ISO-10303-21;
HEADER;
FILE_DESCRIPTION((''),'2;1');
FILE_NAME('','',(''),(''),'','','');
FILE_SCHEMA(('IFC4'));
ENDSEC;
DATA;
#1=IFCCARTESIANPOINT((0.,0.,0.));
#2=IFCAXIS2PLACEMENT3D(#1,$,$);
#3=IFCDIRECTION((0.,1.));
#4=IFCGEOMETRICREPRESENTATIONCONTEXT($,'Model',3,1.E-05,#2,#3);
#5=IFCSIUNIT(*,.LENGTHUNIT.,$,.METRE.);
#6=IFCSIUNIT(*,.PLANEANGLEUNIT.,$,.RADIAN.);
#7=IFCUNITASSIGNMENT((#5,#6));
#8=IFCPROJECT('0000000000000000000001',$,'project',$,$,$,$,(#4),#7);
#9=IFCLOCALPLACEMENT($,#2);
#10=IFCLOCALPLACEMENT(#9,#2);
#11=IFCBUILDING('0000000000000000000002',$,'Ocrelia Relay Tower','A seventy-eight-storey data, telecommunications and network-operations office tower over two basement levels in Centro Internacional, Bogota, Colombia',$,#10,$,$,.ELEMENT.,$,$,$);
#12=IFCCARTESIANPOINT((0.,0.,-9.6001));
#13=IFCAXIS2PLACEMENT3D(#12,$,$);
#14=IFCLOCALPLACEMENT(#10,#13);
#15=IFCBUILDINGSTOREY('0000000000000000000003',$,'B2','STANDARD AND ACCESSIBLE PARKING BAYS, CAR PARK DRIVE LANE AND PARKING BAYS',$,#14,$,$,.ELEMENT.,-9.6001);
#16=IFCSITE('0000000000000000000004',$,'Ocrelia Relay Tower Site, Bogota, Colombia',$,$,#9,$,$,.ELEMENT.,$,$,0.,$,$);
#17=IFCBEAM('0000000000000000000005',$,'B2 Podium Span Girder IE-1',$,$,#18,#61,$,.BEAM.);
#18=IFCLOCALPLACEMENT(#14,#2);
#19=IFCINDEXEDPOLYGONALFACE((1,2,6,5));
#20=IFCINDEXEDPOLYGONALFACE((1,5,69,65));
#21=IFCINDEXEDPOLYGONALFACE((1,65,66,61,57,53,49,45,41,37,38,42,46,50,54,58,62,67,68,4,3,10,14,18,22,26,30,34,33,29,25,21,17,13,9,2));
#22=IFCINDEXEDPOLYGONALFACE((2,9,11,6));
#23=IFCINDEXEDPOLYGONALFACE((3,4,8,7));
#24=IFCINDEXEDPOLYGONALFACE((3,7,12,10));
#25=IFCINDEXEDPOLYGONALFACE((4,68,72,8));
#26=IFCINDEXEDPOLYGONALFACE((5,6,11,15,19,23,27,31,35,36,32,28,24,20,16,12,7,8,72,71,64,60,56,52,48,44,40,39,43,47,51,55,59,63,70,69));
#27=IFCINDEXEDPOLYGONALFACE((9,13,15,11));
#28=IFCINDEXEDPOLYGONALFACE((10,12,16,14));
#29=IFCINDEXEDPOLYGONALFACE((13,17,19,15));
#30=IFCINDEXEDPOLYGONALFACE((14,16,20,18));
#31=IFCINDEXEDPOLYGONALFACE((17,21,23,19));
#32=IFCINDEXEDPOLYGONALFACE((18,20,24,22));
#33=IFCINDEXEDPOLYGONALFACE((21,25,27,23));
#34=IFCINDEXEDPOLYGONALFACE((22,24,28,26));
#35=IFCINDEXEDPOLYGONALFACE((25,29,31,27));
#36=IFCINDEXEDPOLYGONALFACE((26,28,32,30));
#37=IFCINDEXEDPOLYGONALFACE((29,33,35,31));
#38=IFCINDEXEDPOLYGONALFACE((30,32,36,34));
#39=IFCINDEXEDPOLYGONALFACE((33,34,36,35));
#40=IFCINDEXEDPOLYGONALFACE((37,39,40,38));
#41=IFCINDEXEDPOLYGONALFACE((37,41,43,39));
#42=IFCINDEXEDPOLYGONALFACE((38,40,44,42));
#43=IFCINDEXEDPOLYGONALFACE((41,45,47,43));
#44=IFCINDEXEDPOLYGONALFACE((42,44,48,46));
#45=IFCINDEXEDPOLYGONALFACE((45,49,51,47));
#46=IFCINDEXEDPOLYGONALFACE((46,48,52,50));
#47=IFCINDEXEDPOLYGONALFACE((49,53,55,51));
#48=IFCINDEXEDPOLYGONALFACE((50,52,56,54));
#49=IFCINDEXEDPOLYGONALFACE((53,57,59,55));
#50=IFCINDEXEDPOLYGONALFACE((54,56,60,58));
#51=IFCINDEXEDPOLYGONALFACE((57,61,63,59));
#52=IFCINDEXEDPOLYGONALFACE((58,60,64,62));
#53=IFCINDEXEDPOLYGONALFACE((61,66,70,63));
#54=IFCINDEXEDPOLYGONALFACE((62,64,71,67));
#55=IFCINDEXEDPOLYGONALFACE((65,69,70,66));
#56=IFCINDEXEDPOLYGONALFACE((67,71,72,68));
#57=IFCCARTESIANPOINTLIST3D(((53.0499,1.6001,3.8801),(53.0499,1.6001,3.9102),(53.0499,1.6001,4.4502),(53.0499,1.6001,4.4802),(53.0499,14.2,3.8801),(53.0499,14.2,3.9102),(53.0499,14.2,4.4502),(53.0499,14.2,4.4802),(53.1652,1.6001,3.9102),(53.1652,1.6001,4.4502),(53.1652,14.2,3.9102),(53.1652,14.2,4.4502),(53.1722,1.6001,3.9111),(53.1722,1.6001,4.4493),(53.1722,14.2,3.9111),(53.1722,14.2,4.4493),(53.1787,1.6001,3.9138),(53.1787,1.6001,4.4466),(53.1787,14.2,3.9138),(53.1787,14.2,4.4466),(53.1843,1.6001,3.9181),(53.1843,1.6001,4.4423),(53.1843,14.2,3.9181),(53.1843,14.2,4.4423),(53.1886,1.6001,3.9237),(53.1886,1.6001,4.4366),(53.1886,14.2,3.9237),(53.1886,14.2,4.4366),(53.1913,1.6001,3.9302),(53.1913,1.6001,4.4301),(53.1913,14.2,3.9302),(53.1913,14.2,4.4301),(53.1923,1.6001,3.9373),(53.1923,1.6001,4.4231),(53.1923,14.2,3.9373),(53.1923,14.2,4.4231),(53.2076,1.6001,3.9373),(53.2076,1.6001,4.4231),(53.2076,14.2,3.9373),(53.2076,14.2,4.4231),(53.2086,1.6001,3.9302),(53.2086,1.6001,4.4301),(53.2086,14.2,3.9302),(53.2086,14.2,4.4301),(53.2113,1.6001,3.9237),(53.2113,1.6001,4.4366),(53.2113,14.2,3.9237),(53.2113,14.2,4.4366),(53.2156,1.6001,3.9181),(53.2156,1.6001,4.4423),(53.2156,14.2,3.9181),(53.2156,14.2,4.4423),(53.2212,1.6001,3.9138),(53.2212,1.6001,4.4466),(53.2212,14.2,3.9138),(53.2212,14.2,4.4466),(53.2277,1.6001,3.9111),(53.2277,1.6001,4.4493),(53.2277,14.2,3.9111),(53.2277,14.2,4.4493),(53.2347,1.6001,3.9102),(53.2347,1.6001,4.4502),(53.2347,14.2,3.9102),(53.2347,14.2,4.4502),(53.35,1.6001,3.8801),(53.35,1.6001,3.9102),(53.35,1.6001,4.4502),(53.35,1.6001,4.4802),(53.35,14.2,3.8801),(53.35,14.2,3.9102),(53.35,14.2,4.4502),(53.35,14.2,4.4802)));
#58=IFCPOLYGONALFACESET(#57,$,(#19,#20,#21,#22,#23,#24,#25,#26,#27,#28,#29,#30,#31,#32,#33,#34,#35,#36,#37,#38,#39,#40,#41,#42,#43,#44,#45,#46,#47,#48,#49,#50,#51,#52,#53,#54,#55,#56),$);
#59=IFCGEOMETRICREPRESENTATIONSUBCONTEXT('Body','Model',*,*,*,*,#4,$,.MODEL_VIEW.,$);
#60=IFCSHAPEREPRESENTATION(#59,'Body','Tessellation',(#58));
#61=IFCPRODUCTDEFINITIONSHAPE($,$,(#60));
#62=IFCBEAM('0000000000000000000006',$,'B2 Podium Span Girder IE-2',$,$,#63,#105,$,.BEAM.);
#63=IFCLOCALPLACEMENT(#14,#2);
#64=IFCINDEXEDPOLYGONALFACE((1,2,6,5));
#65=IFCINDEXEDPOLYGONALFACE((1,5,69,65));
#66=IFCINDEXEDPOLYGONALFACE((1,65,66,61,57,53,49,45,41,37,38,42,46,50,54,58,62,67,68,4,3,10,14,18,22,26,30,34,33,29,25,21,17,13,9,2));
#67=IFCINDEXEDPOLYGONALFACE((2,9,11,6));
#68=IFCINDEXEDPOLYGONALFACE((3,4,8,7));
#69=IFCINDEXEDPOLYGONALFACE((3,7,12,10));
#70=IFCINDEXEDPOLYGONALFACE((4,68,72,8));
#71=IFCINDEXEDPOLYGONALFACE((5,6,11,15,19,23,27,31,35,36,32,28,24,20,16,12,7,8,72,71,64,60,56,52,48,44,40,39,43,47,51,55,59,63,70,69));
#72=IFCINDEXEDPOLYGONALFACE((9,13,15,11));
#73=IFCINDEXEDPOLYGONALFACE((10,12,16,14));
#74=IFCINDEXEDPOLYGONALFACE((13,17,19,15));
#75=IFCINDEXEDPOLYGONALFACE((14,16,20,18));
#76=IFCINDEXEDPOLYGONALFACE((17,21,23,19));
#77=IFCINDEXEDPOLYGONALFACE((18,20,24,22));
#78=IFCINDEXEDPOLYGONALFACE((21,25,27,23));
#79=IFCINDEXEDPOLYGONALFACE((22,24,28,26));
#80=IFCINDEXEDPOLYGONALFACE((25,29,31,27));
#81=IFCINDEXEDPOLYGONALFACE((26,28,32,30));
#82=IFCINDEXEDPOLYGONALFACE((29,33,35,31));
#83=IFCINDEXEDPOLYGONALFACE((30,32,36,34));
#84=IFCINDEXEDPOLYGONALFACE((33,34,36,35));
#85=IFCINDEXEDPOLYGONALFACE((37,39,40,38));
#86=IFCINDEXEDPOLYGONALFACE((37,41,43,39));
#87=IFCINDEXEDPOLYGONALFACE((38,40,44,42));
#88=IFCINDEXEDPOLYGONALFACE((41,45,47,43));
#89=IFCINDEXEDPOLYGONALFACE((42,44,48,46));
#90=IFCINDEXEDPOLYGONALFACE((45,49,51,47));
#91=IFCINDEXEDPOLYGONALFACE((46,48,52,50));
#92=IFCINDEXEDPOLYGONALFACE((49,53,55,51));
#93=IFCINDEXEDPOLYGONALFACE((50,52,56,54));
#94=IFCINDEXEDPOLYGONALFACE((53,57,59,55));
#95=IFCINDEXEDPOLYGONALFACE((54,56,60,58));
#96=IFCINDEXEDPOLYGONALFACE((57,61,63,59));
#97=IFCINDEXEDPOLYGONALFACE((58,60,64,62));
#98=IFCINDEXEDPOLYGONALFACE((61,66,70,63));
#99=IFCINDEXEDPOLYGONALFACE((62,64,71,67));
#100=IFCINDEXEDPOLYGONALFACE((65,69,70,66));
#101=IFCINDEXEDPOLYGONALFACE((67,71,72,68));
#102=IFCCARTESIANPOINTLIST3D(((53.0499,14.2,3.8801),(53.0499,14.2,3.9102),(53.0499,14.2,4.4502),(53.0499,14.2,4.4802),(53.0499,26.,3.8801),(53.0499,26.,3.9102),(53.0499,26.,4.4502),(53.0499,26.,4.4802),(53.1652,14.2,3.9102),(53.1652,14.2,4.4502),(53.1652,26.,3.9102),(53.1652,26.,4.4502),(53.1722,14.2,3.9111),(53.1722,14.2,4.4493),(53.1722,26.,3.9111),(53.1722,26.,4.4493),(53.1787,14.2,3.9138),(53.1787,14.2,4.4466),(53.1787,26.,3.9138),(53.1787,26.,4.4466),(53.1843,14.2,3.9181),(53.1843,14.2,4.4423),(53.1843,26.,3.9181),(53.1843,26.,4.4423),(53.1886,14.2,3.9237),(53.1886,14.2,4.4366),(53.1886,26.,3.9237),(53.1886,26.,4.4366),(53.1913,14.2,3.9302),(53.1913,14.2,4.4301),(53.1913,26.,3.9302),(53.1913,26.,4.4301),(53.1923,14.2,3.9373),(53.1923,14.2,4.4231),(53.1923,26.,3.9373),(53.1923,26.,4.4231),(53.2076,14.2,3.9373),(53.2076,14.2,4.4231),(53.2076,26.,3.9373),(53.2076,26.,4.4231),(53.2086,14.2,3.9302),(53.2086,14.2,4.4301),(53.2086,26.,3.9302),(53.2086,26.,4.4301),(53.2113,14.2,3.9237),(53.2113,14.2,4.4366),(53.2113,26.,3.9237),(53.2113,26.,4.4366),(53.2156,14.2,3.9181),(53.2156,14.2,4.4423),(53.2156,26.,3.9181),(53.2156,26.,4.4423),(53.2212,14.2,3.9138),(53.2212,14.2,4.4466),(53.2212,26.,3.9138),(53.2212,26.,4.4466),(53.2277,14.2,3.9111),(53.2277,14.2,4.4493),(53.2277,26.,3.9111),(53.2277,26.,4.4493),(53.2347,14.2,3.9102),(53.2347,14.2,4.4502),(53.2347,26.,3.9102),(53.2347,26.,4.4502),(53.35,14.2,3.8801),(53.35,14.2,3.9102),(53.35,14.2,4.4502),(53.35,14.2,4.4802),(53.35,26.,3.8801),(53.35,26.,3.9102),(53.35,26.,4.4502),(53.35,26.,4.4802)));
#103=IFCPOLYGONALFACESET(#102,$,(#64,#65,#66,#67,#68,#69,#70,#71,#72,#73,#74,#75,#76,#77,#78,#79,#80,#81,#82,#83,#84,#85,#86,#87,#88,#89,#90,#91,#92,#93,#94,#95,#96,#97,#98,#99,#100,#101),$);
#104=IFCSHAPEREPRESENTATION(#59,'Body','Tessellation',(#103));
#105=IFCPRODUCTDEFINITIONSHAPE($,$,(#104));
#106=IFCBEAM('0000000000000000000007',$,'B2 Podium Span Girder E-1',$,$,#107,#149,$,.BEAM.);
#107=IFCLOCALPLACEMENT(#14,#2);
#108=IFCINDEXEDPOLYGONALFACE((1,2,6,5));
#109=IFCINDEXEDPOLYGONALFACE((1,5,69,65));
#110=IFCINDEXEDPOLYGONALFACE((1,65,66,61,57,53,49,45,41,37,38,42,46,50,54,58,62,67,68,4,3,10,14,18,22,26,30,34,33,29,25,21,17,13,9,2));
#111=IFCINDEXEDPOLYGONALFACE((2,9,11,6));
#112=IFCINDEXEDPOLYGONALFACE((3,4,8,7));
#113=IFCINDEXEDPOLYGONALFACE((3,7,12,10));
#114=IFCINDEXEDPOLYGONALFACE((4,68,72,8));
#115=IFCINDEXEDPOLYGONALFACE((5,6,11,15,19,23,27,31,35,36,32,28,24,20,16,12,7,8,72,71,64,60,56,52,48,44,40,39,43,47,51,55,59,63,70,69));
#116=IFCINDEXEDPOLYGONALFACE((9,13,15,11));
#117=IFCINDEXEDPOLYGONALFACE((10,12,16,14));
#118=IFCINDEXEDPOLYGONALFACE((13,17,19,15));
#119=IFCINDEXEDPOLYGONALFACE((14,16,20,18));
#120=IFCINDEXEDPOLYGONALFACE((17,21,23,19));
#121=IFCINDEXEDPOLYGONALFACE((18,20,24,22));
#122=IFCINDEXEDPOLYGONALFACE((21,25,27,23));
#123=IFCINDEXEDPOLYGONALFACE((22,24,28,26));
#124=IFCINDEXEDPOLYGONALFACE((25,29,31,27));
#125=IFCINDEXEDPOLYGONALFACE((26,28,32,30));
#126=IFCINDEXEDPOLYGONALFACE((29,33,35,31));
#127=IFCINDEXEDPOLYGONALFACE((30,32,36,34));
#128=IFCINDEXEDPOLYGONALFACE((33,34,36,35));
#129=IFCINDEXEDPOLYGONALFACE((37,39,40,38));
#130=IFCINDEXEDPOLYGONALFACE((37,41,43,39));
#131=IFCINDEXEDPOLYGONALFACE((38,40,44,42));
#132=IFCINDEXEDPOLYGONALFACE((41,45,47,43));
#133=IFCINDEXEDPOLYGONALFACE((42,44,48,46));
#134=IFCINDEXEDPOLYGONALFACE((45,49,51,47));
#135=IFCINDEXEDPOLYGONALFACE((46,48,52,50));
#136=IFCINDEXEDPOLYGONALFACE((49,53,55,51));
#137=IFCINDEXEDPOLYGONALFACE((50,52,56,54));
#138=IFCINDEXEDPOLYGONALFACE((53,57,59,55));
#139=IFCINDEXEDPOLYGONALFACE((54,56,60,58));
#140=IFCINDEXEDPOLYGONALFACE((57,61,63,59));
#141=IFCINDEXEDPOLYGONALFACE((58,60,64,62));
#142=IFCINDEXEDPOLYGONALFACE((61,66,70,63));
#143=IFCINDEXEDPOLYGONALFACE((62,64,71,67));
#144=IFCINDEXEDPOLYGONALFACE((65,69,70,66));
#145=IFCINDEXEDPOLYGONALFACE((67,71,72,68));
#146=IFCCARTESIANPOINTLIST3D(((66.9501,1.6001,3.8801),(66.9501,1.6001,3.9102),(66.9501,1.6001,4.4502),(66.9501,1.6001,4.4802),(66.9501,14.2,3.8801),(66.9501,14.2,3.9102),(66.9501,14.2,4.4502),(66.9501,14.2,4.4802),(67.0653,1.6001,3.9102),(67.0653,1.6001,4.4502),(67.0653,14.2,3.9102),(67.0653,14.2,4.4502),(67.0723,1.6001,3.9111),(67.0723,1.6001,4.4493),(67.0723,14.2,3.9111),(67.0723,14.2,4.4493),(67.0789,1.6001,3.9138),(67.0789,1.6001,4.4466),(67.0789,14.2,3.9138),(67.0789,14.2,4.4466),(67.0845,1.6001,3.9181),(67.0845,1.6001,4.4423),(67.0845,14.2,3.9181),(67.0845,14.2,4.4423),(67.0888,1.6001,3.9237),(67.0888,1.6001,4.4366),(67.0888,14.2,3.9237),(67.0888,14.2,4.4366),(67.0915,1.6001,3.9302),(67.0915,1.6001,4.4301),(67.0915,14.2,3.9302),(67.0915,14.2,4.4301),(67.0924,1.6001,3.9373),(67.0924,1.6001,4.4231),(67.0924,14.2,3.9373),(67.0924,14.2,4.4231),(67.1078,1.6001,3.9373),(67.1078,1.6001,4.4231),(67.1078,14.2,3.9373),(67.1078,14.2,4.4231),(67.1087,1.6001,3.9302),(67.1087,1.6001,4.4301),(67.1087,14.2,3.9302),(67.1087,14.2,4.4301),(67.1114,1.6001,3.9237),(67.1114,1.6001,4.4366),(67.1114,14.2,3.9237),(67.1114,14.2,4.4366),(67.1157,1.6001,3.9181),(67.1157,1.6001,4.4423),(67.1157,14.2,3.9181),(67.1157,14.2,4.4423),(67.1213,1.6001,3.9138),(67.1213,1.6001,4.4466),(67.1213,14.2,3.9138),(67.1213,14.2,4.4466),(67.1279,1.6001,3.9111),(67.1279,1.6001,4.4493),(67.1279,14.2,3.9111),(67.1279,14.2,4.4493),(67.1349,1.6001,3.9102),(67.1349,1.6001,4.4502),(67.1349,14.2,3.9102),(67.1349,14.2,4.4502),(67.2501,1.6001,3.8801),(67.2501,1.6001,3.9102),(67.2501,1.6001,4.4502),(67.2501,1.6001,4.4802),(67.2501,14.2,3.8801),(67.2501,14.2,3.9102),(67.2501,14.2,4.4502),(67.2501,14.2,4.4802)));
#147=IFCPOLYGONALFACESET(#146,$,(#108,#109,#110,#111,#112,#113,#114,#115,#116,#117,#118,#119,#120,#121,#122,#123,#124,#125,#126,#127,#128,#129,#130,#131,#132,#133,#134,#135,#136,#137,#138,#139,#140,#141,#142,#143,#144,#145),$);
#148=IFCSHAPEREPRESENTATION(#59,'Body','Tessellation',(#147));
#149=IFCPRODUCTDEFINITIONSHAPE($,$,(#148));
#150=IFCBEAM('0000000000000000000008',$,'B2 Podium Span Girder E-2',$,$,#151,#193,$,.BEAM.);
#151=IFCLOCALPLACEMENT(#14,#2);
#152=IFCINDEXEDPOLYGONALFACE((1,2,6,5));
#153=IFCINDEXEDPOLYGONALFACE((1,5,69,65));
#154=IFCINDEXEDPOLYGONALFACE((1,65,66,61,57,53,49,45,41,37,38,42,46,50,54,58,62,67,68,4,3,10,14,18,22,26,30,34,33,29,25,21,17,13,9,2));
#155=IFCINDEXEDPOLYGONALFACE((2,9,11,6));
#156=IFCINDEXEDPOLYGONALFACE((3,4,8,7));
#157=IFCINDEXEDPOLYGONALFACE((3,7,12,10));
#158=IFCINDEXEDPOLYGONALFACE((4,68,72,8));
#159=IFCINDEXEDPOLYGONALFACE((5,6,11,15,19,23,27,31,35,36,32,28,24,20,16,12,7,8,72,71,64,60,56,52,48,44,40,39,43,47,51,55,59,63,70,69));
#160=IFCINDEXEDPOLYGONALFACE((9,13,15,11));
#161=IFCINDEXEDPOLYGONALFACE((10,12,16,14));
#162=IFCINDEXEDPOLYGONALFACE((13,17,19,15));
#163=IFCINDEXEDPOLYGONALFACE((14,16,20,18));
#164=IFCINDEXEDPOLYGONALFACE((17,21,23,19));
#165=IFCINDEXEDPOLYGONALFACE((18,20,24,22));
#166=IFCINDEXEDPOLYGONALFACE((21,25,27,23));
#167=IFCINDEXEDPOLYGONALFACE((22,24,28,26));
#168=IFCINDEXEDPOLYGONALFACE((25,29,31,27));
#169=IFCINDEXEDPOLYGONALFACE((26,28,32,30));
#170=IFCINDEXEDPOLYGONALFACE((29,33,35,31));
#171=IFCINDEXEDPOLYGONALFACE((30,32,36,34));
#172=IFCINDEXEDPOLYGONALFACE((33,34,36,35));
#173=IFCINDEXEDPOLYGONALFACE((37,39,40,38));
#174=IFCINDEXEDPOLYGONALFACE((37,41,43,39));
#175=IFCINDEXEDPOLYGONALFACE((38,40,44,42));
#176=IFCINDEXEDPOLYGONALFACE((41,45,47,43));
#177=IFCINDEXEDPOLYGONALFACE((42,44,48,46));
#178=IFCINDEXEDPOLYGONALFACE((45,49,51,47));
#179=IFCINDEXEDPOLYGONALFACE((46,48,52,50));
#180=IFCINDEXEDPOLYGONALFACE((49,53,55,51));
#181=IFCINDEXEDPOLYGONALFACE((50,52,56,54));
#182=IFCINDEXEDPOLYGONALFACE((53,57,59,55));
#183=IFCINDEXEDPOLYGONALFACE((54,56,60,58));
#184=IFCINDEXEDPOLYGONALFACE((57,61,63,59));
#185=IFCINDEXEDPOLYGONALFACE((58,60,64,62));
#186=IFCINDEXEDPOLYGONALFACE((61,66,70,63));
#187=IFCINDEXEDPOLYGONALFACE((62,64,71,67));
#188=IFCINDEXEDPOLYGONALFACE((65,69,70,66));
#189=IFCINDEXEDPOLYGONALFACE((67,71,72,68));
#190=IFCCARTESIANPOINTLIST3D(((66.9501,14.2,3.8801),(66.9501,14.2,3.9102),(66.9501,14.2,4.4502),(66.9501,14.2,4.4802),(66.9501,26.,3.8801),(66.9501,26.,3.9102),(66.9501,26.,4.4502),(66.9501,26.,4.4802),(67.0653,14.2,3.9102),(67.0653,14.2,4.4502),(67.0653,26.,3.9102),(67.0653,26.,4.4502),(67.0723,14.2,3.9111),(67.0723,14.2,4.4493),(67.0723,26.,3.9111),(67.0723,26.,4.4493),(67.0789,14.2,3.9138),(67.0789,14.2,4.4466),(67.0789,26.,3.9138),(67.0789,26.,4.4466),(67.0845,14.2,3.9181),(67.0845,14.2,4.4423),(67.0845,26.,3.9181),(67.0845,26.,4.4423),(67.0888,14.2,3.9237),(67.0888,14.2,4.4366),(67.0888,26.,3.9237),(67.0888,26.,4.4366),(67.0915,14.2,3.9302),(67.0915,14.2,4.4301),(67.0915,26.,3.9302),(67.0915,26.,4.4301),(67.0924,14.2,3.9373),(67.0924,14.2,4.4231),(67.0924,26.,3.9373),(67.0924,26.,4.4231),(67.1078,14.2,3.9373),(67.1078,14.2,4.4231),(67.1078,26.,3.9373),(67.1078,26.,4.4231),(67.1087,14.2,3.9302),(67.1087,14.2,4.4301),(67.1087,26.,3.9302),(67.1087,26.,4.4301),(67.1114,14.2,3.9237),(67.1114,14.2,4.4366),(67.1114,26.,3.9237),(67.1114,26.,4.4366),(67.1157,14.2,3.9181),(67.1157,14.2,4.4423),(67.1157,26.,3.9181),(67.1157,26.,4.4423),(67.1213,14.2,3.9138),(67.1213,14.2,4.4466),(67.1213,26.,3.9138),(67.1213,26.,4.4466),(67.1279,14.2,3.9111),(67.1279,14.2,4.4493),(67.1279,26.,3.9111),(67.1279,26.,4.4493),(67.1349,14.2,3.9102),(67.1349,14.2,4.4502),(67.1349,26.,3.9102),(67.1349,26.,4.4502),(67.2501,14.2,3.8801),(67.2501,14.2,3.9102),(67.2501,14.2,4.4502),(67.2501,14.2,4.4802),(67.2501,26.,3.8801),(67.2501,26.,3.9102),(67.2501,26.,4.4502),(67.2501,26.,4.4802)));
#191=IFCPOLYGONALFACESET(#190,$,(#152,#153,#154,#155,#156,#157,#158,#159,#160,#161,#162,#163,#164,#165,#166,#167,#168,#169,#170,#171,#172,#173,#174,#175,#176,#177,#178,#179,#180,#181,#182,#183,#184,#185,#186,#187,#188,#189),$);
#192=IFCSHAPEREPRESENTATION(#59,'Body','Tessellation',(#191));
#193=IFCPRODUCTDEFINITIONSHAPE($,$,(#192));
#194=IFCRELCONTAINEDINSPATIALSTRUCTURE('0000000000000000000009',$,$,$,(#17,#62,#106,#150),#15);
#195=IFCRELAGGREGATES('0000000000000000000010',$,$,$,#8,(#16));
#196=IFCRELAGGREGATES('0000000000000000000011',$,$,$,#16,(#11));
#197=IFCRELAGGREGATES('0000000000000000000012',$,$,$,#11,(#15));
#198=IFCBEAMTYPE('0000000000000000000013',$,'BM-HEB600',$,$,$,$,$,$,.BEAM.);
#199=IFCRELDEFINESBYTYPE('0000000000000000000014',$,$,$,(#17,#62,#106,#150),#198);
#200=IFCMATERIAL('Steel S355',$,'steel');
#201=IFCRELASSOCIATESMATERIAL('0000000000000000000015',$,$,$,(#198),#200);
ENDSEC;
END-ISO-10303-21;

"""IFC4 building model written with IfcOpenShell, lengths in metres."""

from ifc_helpers import new_model, si_unit, direction, frame, origin, origin_2d, place, context, subcontext, project, spatial, i_section, extrude, material, material_profile, profile_set, type_object, element, save


model = new_model("IFC4")

# Units and contexts
model_context = context("Model", 3, precision=1e-05, world=origin(), true_north=direction((0.0, 1.0)))
body_context = subcontext(model_context, "Body", "Model", "MODEL_VIEW")
ifc_project = project(units=[si_unit("LENGTHUNIT", "METRE"), si_unit("PLANEANGLEUNIT", "RADIAN")], contexts=[model_context])

# Site, building, storey
site_placement = place(None, origin())
site = spatial("IfcSite", under=ifc_project, at=site_placement, Name="Ocrelia Relay Tower Site, Bogota, Colombia", CompositionType="ELEMENT", RefElevation=0.0)
building_placement = place(site_placement, origin())
building = spatial("IfcBuilding", under=site, at=building_placement, Name="Ocrelia Relay Tower", Description="A seventy-eight-storey data, telecommunications and network-operations office tower over two basement levels in Centro Internacional, Bogota, Colombia", CompositionType="ELEMENT")
storey_placement = place(building_placement, frame((0.0, 0.0, -9.6001)))
storey = spatial("IfcBuildingStorey", under=building, at=storey_placement, Name="B2", Description="STANDARD AND ACCESSIBLE PARKING BAYS, CAR PARK DRIVE LANE AND PARKING BAYS", CompositionType="ELEMENT", Elevation=-9.6001)

# Beams
ifc_material_1 = material(Name="Steel S355", Category="steel")
ifc_material_profile_1 = material_profile(ifc_material_1, i_section(OverallWidth=0.3, OverallDepth=0.6001, WebThickness=0.0154, FlangeThickness=0.03, FilletRadius=0.0271, at=origin_2d()), Name="HEB 600")
ifc_profile_set_1 = profile_set([ifc_material_profile_1], Name="Steel S355")
beam_type_1 = type_object("IfcBeamType", Name="BM-HEB600", PredefinedType="BEAM", material=ifc_profile_set_1)
beam_1_placement = place(storey_placement, frame((53.2, 1.6001, 4.1802), z_axis=(0.0, 1.0, 0.0), x_axis=(-1.0, 0.0, 0.0)))
element("IfcBeam", 1, at=beam_1_placement, inside=storey, type_object=beam_type_1, Name="B2 Podium Span Girder IE-1", PredefinedType="BEAM", context=body_context, shape_type="SweptSolid", body=[
    extrude(i_section(OverallWidth=0.3, OverallDepth=0.6001, WebThickness=0.0154, FlangeThickness=0.03, FilletRadius=0.0271, at=origin_2d()), origin(), (0.0, 0.0, 1.0), 12.5999),
])
beam_2_placement = place(storey_placement, frame((53.2, 14.2, 4.1802), z_axis=(0.0, 1.0, 0.0), x_axis=(-1.0, 0.0, 0.0)))
element("IfcBeam", 2, at=beam_2_placement, inside=storey, type_object=beam_type_1, Name="B2 Podium Span Girder IE-2", PredefinedType="BEAM", context=body_context, shape_type="SweptSolid", body=[
    extrude(i_section(OverallWidth=0.3, OverallDepth=0.6001, WebThickness=0.0154, FlangeThickness=0.03, FilletRadius=0.0271, at=origin_2d()), origin(), (0.0, 0.0, 1.0), 11.8),
])
beam_3_placement = place(storey_placement, frame((67.1001, 1.6001, 4.1802), z_axis=(0.0, 1.0, 0.0), x_axis=(-1.0, 0.0, 0.0)))
element("IfcBeam", 3, at=beam_3_placement, inside=storey, type_object=beam_type_1, Name="B2 Podium Span Girder E-1", PredefinedType="BEAM", context=body_context, shape_type="SweptSolid", body=[
    extrude(i_section(OverallWidth=0.3, OverallDepth=0.6001, WebThickness=0.0154, FlangeThickness=0.03, FilletRadius=0.0271, at=origin_2d()), origin(), (0.0, 0.0, 1.0), 12.5999),
])
beam_4_placement = place(storey_placement, frame((67.1001, 14.2, 4.1802), z_axis=(0.0, 1.0, 0.0), x_axis=(-1.0, 0.0, 0.0)))
element("IfcBeam", 4, at=beam_4_placement, inside=storey, type_object=beam_type_1, Name="B2 Podium Span Girder E-2", PredefinedType="BEAM", context=body_context, shape_type="SweptSolid", body=[
    extrude(i_section(OverallWidth=0.3, OverallDepth=0.6001, WebThickness=0.0154, FlangeThickness=0.03, FilletRadius=0.0271, at=origin_2d()), origin(), (0.0, 0.0, 1.0), 11.8),
])

save(model, "model.ifc")
